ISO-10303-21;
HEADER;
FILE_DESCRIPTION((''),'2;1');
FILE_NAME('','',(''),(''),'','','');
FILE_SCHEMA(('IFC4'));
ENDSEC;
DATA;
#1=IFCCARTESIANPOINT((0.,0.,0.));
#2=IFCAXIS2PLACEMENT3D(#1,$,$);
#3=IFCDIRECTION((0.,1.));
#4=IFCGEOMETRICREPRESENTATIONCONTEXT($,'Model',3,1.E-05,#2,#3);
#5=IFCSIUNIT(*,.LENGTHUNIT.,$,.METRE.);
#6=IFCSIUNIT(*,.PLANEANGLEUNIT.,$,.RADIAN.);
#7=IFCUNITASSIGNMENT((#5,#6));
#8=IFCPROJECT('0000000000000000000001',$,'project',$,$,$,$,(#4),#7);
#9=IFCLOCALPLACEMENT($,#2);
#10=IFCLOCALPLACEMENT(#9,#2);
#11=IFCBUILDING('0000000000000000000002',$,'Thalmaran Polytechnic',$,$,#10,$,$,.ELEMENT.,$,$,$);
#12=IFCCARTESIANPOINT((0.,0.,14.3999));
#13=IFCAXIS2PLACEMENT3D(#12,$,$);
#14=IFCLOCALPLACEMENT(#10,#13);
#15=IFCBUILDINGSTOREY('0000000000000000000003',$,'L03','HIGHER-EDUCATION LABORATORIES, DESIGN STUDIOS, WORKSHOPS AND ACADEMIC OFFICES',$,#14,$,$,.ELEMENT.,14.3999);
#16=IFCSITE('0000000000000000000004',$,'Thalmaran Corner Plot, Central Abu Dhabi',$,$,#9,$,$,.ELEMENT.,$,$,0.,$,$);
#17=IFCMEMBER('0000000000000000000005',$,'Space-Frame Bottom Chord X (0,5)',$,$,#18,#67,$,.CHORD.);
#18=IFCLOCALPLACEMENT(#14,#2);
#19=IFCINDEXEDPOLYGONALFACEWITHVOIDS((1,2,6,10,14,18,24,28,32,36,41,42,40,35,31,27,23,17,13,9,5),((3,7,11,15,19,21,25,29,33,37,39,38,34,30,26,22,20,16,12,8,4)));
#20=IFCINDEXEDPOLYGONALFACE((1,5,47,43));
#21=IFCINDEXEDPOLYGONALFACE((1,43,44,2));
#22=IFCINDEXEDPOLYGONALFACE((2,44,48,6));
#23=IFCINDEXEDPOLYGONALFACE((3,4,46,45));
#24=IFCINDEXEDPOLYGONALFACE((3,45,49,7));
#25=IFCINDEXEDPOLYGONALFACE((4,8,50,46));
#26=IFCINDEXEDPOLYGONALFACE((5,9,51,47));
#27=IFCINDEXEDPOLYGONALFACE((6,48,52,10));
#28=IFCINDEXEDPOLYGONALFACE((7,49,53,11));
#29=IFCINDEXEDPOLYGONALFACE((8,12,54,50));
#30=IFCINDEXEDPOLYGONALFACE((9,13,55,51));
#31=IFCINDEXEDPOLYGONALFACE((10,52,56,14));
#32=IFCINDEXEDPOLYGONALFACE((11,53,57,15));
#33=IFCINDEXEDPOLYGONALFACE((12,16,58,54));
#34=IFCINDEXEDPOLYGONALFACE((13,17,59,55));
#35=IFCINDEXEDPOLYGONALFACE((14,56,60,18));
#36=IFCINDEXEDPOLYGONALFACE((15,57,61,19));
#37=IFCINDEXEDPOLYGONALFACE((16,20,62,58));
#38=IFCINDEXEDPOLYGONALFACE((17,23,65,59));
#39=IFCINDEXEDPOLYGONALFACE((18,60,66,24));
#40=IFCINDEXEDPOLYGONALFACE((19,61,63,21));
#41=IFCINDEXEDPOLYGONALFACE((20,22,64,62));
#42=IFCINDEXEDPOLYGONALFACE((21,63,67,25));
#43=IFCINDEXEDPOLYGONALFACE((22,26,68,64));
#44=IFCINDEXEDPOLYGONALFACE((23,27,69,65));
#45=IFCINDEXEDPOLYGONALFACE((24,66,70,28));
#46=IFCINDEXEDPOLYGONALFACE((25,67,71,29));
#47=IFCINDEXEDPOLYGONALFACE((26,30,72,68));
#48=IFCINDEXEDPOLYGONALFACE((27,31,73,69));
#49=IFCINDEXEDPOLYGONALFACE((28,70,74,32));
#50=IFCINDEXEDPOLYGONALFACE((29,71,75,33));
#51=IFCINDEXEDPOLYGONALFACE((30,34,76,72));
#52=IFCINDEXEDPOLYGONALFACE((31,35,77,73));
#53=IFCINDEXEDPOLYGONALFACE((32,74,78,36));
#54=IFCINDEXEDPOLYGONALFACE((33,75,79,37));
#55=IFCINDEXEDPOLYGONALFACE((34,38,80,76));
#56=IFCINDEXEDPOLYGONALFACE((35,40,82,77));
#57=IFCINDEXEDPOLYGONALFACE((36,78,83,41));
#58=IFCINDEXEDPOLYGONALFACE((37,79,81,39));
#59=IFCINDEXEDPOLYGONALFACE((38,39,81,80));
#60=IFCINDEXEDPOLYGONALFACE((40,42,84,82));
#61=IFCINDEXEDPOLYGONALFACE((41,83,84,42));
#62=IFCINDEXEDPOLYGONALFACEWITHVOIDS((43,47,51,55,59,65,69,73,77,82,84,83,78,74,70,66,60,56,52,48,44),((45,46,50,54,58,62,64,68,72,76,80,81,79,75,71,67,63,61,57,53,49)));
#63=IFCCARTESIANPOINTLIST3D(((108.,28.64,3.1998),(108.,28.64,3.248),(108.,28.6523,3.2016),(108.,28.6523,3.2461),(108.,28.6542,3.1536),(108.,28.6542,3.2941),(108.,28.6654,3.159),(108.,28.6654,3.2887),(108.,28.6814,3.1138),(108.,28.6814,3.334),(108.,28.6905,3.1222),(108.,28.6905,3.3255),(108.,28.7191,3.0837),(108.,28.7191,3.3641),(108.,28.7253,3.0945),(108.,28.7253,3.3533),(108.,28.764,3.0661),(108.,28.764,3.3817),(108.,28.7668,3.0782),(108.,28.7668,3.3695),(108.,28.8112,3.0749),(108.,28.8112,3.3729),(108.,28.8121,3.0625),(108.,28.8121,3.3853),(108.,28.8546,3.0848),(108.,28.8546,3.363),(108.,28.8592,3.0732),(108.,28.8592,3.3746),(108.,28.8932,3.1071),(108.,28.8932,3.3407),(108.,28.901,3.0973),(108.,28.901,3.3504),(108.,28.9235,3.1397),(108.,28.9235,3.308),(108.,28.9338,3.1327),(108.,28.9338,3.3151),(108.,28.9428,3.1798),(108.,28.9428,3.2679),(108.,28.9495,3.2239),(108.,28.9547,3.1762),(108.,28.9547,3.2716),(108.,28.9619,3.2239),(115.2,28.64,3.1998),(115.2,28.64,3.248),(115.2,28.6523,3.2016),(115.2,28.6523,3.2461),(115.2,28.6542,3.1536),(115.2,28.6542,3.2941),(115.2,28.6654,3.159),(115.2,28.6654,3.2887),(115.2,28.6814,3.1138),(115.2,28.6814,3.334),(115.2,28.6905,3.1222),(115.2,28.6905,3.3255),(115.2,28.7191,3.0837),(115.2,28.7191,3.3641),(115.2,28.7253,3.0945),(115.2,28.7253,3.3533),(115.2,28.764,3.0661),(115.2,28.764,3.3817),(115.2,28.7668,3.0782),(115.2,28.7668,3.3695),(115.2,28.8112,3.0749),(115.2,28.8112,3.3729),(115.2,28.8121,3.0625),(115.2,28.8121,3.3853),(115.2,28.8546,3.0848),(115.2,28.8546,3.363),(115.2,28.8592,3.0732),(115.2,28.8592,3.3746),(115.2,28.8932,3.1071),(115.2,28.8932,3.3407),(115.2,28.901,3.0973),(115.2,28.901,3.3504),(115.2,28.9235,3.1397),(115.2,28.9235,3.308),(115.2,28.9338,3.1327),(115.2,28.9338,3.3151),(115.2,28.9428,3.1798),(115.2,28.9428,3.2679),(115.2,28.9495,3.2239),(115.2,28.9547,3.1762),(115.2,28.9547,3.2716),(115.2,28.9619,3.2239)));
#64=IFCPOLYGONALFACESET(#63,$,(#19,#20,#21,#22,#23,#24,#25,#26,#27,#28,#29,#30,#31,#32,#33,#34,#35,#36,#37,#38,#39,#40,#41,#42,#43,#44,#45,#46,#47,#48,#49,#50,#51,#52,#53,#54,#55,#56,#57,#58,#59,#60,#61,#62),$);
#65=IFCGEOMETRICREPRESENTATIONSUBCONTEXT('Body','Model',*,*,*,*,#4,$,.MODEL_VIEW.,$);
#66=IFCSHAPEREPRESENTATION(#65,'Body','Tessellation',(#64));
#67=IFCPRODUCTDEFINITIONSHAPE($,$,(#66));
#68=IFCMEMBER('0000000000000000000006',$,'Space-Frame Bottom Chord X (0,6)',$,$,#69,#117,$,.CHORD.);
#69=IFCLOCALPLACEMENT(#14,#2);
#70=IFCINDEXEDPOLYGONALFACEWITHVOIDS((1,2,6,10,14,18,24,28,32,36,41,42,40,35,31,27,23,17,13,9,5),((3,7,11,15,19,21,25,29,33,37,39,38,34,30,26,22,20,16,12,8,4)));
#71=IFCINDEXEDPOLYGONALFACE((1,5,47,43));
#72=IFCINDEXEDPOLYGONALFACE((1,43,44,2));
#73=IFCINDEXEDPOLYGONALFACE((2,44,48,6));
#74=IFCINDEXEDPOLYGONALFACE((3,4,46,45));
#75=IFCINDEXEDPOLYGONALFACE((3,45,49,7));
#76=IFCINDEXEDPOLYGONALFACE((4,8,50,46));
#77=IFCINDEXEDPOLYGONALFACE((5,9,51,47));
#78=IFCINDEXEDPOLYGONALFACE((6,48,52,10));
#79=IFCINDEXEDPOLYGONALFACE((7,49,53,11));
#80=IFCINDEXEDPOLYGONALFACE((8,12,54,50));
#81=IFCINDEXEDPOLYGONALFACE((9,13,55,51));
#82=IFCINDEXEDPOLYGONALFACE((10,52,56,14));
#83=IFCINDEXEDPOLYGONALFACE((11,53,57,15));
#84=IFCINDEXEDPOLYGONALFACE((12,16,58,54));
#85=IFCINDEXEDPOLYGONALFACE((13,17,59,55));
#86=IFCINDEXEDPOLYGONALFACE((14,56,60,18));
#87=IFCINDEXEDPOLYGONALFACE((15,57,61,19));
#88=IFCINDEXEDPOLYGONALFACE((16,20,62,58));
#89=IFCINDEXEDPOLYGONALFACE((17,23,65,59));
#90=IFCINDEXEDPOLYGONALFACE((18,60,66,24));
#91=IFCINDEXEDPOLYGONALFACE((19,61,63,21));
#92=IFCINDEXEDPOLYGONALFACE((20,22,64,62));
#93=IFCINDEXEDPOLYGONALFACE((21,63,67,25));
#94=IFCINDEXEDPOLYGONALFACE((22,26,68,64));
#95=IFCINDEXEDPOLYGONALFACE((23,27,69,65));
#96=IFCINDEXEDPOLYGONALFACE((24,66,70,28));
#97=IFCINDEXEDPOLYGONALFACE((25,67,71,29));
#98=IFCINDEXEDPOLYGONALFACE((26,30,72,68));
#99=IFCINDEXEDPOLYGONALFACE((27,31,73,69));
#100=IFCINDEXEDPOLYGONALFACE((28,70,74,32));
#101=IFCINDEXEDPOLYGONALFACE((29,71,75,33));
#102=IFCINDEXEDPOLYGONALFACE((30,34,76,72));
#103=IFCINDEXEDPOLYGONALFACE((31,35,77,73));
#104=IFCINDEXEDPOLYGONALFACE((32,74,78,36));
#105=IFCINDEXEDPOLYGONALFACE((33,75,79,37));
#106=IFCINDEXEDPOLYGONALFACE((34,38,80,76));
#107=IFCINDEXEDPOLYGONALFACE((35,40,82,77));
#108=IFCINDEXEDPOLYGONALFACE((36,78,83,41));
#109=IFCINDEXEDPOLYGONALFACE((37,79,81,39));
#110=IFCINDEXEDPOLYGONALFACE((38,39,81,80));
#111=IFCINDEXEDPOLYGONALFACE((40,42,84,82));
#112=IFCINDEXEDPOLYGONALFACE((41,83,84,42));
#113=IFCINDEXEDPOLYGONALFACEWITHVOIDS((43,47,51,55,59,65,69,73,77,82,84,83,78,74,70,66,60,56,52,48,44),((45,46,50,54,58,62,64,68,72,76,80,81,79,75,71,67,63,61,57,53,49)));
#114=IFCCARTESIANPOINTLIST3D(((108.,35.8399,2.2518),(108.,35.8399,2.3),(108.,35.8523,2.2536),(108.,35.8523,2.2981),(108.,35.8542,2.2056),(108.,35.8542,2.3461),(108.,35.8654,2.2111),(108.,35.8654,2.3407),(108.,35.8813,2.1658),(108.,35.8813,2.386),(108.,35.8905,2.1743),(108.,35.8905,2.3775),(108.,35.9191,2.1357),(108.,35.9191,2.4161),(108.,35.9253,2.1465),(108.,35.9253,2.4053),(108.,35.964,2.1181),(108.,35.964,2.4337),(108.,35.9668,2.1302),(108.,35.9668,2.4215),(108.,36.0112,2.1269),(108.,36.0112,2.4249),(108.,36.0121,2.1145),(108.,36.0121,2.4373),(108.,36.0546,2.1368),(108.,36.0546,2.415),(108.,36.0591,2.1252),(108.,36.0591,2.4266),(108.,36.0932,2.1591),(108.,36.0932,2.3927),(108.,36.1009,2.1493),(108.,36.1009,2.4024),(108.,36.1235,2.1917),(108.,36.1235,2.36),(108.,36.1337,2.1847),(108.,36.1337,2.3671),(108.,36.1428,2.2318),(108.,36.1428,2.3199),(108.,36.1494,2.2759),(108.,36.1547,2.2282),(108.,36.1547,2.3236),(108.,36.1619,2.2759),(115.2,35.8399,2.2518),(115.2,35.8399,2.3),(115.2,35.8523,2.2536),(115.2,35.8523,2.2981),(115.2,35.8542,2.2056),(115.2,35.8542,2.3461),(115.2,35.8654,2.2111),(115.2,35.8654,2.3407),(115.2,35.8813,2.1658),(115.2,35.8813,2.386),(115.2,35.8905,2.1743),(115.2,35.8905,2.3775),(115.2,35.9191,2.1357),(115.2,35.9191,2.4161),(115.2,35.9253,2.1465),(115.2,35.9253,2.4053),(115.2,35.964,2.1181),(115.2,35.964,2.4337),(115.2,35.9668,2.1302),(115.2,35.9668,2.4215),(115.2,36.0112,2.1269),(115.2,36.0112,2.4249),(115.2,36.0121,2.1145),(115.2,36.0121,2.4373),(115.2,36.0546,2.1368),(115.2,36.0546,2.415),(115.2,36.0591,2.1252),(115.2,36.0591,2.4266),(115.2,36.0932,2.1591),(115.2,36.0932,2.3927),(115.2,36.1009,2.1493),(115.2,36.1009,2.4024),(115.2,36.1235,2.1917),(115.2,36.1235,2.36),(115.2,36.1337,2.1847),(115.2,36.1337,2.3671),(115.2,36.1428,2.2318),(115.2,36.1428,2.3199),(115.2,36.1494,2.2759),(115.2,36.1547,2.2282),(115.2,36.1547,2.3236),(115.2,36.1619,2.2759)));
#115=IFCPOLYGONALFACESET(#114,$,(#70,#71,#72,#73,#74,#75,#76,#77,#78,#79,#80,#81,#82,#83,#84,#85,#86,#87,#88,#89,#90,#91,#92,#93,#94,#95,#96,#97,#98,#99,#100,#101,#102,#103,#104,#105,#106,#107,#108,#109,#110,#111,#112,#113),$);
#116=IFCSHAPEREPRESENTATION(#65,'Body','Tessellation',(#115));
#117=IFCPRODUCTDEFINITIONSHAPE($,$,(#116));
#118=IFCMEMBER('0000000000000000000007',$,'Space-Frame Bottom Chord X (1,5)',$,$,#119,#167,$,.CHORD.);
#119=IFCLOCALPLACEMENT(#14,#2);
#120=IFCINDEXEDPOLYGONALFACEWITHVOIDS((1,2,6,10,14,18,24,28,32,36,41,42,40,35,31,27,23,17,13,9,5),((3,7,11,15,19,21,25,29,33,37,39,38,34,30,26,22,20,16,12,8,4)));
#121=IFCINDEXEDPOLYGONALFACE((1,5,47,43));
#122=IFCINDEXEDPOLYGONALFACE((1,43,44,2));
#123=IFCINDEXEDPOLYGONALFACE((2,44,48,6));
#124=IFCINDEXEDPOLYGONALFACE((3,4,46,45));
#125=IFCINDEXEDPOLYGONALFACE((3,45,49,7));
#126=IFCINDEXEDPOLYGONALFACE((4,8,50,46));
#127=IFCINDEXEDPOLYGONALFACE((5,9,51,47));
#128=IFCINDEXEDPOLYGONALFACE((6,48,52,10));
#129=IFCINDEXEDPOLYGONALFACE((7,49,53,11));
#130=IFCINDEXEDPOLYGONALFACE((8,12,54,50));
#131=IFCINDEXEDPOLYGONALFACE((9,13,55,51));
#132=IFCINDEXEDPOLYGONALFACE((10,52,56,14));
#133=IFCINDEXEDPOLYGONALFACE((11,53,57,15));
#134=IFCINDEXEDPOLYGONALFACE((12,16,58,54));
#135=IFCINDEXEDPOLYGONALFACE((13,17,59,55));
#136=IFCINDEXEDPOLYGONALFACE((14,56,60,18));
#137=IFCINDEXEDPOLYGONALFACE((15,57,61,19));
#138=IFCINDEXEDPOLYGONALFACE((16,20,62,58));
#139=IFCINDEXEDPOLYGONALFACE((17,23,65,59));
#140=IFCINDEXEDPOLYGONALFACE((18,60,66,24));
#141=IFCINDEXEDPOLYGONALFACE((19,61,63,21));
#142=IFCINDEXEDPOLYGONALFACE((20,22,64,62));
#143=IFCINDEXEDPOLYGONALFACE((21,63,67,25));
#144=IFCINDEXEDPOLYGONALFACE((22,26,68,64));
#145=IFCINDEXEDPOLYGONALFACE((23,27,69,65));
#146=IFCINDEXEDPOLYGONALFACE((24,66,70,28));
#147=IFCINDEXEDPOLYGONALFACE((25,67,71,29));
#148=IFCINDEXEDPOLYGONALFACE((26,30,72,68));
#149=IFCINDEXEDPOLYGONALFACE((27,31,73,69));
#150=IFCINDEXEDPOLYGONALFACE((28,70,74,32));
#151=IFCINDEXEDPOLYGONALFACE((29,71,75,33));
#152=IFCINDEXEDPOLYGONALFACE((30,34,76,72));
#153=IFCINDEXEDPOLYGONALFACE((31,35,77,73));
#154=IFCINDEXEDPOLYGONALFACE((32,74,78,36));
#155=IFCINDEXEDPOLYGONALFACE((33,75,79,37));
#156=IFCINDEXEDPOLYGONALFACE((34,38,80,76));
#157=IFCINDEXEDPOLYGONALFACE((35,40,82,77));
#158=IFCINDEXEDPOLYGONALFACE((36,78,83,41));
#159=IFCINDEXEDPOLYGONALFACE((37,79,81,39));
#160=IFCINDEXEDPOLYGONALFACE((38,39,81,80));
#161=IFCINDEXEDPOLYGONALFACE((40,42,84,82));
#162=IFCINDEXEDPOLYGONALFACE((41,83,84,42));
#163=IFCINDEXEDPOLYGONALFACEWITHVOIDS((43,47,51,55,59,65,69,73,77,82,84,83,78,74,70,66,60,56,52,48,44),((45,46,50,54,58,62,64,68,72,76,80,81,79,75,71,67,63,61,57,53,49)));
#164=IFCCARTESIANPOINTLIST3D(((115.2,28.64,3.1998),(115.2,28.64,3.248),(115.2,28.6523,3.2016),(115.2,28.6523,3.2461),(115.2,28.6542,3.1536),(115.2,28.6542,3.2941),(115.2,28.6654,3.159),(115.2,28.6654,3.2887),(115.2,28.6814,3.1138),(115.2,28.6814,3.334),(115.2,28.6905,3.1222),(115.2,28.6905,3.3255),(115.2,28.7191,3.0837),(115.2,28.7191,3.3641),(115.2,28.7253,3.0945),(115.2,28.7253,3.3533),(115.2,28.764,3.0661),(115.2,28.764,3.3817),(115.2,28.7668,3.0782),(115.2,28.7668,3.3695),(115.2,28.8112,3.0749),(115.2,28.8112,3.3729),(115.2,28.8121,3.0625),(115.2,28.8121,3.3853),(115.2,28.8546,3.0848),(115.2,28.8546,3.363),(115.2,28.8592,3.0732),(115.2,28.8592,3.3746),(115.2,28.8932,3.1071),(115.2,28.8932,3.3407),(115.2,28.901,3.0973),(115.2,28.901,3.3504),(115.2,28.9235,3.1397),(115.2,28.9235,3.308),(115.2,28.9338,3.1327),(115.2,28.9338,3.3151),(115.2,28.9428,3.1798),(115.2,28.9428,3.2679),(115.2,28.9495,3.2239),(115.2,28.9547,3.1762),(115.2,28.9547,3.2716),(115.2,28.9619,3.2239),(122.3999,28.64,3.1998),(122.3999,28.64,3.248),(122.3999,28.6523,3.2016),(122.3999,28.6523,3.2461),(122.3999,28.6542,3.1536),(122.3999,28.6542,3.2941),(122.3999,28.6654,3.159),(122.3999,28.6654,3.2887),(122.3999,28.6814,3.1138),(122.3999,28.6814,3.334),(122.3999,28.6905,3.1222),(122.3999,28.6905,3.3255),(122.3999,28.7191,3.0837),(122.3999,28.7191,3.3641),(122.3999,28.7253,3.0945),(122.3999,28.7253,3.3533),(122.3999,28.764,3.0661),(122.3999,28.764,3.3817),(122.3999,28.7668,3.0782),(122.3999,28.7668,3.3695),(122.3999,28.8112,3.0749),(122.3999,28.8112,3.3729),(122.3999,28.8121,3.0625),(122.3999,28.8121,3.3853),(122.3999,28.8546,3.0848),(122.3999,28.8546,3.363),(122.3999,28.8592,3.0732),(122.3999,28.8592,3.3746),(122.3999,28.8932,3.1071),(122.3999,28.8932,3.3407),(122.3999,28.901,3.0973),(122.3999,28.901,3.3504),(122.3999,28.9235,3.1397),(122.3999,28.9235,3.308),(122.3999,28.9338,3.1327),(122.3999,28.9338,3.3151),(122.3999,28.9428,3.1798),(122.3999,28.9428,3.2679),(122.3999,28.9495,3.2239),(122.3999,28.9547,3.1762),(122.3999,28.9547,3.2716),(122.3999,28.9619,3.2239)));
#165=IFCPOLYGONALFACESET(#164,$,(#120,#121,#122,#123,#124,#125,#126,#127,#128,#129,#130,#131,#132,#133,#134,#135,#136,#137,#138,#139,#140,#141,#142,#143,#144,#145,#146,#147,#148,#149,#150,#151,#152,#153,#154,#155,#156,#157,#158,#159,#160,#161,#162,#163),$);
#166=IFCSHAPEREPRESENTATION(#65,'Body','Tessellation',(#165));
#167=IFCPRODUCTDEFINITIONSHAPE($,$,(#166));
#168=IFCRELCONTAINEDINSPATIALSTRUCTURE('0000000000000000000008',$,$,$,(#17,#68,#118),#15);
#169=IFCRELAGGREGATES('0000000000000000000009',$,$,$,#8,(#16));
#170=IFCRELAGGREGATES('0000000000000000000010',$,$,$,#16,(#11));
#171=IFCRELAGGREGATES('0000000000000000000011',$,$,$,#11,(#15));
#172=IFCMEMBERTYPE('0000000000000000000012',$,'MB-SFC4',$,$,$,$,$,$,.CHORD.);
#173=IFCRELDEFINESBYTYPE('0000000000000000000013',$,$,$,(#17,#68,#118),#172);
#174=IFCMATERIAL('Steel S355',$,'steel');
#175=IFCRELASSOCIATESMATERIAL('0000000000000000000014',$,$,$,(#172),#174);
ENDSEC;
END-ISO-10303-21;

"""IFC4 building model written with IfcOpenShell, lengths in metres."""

from ifc_helpers import new_model, si_unit, direction, frame, origin, origin_2d, place, context, subcontext, project, spatial, hollow_circle, extrude, material, material_profile, profile_set, type_object, element, save


model = new_model("IFC4")

# Units and contexts
model_context = context("Model", 3, precision=1e-05, world=origin(), true_north=direction((0.0, 1.0)))
body_context = subcontext(model_context, "Body", "Model", "MODEL_VIEW")
ifc_project = project(units=[si_unit("LENGTHUNIT", "METRE"), si_unit("PLANEANGLEUNIT", "RADIAN")], contexts=[model_context])

# Site, building, storey
site_placement = place(None, origin())
site = spatial("IfcSite", under=ifc_project, at=site_placement, Name="Thalmaran Corner Plot, Central Abu Dhabi", CompositionType="ELEMENT", RefElevation=0.0)
building_placement = place(site_placement, origin())
building = spatial("IfcBuilding", under=site, at=building_placement, Name="Thalmaran Polytechnic", CompositionType="ELEMENT")
storey_placement = place(building_placement, frame((0.0, 0.0, 14.3999)))
storey = spatial("IfcBuildingStorey", under=building, at=storey_placement, Name="L03", Description="HIGHER-EDUCATION LABORATORIES, DESIGN STUDIOS, WORKSHOPS AND ACADEMIC OFFICES", CompositionType="ELEMENT", Elevation=14.3999)

# Shared definitions
ifc_material_1 = material(Name="Steel S355", Category="steel")

# Members
ifc_material_profile_1 = material_profile(ifc_material_1, hollow_circle(Radius=0.1619, WallThickness=0.0125, at=origin_2d()), Name="CHS 323.9x12.5")
ifc_profile_set_1 = profile_set([ifc_material_profile_1], Name="Steel S355")
member_type_1 = type_object("IfcMemberType", Name="MB-SFC4", PredefinedType="CHORD", material=ifc_profile_set_1)
for number, where, z_axis, x_axis, name in (
    (1, (108.0, 28.8, 3.2239), (1.0, 0.0, 0.0), (0.0, 1.0, 0.0), "Space-Frame Bottom Chord X (0,5)"),
    (2, (108.0, 36.0, 2.2759), (1.0, 0.0, 0.0), (0.0, 1.0, 0.0), "Space-Frame Bottom Chord X (0,6)"),
    (3, (115.2, 28.8, 3.2239), (1.0, 0.0, 0.0), (0.0, 1.0, 0.0), "Space-Frame Bottom Chord X (1,5)"),
):
    element("IfcMember", number, at=place(storey_placement, frame(where, z_axis=z_axis, x_axis=x_axis)), inside=storey, type_object=member_type_1, Name=name, PredefinedType="CHORD", context=body_context, shape_type="SweptSolid", body=[
        extrude(hollow_circle(Radius=0.1619, WallThickness=0.0125, at=origin_2d()), origin(), (0.0, 0.0, 1.0), 7.2),
    ])

save(model, "model.ifc")
